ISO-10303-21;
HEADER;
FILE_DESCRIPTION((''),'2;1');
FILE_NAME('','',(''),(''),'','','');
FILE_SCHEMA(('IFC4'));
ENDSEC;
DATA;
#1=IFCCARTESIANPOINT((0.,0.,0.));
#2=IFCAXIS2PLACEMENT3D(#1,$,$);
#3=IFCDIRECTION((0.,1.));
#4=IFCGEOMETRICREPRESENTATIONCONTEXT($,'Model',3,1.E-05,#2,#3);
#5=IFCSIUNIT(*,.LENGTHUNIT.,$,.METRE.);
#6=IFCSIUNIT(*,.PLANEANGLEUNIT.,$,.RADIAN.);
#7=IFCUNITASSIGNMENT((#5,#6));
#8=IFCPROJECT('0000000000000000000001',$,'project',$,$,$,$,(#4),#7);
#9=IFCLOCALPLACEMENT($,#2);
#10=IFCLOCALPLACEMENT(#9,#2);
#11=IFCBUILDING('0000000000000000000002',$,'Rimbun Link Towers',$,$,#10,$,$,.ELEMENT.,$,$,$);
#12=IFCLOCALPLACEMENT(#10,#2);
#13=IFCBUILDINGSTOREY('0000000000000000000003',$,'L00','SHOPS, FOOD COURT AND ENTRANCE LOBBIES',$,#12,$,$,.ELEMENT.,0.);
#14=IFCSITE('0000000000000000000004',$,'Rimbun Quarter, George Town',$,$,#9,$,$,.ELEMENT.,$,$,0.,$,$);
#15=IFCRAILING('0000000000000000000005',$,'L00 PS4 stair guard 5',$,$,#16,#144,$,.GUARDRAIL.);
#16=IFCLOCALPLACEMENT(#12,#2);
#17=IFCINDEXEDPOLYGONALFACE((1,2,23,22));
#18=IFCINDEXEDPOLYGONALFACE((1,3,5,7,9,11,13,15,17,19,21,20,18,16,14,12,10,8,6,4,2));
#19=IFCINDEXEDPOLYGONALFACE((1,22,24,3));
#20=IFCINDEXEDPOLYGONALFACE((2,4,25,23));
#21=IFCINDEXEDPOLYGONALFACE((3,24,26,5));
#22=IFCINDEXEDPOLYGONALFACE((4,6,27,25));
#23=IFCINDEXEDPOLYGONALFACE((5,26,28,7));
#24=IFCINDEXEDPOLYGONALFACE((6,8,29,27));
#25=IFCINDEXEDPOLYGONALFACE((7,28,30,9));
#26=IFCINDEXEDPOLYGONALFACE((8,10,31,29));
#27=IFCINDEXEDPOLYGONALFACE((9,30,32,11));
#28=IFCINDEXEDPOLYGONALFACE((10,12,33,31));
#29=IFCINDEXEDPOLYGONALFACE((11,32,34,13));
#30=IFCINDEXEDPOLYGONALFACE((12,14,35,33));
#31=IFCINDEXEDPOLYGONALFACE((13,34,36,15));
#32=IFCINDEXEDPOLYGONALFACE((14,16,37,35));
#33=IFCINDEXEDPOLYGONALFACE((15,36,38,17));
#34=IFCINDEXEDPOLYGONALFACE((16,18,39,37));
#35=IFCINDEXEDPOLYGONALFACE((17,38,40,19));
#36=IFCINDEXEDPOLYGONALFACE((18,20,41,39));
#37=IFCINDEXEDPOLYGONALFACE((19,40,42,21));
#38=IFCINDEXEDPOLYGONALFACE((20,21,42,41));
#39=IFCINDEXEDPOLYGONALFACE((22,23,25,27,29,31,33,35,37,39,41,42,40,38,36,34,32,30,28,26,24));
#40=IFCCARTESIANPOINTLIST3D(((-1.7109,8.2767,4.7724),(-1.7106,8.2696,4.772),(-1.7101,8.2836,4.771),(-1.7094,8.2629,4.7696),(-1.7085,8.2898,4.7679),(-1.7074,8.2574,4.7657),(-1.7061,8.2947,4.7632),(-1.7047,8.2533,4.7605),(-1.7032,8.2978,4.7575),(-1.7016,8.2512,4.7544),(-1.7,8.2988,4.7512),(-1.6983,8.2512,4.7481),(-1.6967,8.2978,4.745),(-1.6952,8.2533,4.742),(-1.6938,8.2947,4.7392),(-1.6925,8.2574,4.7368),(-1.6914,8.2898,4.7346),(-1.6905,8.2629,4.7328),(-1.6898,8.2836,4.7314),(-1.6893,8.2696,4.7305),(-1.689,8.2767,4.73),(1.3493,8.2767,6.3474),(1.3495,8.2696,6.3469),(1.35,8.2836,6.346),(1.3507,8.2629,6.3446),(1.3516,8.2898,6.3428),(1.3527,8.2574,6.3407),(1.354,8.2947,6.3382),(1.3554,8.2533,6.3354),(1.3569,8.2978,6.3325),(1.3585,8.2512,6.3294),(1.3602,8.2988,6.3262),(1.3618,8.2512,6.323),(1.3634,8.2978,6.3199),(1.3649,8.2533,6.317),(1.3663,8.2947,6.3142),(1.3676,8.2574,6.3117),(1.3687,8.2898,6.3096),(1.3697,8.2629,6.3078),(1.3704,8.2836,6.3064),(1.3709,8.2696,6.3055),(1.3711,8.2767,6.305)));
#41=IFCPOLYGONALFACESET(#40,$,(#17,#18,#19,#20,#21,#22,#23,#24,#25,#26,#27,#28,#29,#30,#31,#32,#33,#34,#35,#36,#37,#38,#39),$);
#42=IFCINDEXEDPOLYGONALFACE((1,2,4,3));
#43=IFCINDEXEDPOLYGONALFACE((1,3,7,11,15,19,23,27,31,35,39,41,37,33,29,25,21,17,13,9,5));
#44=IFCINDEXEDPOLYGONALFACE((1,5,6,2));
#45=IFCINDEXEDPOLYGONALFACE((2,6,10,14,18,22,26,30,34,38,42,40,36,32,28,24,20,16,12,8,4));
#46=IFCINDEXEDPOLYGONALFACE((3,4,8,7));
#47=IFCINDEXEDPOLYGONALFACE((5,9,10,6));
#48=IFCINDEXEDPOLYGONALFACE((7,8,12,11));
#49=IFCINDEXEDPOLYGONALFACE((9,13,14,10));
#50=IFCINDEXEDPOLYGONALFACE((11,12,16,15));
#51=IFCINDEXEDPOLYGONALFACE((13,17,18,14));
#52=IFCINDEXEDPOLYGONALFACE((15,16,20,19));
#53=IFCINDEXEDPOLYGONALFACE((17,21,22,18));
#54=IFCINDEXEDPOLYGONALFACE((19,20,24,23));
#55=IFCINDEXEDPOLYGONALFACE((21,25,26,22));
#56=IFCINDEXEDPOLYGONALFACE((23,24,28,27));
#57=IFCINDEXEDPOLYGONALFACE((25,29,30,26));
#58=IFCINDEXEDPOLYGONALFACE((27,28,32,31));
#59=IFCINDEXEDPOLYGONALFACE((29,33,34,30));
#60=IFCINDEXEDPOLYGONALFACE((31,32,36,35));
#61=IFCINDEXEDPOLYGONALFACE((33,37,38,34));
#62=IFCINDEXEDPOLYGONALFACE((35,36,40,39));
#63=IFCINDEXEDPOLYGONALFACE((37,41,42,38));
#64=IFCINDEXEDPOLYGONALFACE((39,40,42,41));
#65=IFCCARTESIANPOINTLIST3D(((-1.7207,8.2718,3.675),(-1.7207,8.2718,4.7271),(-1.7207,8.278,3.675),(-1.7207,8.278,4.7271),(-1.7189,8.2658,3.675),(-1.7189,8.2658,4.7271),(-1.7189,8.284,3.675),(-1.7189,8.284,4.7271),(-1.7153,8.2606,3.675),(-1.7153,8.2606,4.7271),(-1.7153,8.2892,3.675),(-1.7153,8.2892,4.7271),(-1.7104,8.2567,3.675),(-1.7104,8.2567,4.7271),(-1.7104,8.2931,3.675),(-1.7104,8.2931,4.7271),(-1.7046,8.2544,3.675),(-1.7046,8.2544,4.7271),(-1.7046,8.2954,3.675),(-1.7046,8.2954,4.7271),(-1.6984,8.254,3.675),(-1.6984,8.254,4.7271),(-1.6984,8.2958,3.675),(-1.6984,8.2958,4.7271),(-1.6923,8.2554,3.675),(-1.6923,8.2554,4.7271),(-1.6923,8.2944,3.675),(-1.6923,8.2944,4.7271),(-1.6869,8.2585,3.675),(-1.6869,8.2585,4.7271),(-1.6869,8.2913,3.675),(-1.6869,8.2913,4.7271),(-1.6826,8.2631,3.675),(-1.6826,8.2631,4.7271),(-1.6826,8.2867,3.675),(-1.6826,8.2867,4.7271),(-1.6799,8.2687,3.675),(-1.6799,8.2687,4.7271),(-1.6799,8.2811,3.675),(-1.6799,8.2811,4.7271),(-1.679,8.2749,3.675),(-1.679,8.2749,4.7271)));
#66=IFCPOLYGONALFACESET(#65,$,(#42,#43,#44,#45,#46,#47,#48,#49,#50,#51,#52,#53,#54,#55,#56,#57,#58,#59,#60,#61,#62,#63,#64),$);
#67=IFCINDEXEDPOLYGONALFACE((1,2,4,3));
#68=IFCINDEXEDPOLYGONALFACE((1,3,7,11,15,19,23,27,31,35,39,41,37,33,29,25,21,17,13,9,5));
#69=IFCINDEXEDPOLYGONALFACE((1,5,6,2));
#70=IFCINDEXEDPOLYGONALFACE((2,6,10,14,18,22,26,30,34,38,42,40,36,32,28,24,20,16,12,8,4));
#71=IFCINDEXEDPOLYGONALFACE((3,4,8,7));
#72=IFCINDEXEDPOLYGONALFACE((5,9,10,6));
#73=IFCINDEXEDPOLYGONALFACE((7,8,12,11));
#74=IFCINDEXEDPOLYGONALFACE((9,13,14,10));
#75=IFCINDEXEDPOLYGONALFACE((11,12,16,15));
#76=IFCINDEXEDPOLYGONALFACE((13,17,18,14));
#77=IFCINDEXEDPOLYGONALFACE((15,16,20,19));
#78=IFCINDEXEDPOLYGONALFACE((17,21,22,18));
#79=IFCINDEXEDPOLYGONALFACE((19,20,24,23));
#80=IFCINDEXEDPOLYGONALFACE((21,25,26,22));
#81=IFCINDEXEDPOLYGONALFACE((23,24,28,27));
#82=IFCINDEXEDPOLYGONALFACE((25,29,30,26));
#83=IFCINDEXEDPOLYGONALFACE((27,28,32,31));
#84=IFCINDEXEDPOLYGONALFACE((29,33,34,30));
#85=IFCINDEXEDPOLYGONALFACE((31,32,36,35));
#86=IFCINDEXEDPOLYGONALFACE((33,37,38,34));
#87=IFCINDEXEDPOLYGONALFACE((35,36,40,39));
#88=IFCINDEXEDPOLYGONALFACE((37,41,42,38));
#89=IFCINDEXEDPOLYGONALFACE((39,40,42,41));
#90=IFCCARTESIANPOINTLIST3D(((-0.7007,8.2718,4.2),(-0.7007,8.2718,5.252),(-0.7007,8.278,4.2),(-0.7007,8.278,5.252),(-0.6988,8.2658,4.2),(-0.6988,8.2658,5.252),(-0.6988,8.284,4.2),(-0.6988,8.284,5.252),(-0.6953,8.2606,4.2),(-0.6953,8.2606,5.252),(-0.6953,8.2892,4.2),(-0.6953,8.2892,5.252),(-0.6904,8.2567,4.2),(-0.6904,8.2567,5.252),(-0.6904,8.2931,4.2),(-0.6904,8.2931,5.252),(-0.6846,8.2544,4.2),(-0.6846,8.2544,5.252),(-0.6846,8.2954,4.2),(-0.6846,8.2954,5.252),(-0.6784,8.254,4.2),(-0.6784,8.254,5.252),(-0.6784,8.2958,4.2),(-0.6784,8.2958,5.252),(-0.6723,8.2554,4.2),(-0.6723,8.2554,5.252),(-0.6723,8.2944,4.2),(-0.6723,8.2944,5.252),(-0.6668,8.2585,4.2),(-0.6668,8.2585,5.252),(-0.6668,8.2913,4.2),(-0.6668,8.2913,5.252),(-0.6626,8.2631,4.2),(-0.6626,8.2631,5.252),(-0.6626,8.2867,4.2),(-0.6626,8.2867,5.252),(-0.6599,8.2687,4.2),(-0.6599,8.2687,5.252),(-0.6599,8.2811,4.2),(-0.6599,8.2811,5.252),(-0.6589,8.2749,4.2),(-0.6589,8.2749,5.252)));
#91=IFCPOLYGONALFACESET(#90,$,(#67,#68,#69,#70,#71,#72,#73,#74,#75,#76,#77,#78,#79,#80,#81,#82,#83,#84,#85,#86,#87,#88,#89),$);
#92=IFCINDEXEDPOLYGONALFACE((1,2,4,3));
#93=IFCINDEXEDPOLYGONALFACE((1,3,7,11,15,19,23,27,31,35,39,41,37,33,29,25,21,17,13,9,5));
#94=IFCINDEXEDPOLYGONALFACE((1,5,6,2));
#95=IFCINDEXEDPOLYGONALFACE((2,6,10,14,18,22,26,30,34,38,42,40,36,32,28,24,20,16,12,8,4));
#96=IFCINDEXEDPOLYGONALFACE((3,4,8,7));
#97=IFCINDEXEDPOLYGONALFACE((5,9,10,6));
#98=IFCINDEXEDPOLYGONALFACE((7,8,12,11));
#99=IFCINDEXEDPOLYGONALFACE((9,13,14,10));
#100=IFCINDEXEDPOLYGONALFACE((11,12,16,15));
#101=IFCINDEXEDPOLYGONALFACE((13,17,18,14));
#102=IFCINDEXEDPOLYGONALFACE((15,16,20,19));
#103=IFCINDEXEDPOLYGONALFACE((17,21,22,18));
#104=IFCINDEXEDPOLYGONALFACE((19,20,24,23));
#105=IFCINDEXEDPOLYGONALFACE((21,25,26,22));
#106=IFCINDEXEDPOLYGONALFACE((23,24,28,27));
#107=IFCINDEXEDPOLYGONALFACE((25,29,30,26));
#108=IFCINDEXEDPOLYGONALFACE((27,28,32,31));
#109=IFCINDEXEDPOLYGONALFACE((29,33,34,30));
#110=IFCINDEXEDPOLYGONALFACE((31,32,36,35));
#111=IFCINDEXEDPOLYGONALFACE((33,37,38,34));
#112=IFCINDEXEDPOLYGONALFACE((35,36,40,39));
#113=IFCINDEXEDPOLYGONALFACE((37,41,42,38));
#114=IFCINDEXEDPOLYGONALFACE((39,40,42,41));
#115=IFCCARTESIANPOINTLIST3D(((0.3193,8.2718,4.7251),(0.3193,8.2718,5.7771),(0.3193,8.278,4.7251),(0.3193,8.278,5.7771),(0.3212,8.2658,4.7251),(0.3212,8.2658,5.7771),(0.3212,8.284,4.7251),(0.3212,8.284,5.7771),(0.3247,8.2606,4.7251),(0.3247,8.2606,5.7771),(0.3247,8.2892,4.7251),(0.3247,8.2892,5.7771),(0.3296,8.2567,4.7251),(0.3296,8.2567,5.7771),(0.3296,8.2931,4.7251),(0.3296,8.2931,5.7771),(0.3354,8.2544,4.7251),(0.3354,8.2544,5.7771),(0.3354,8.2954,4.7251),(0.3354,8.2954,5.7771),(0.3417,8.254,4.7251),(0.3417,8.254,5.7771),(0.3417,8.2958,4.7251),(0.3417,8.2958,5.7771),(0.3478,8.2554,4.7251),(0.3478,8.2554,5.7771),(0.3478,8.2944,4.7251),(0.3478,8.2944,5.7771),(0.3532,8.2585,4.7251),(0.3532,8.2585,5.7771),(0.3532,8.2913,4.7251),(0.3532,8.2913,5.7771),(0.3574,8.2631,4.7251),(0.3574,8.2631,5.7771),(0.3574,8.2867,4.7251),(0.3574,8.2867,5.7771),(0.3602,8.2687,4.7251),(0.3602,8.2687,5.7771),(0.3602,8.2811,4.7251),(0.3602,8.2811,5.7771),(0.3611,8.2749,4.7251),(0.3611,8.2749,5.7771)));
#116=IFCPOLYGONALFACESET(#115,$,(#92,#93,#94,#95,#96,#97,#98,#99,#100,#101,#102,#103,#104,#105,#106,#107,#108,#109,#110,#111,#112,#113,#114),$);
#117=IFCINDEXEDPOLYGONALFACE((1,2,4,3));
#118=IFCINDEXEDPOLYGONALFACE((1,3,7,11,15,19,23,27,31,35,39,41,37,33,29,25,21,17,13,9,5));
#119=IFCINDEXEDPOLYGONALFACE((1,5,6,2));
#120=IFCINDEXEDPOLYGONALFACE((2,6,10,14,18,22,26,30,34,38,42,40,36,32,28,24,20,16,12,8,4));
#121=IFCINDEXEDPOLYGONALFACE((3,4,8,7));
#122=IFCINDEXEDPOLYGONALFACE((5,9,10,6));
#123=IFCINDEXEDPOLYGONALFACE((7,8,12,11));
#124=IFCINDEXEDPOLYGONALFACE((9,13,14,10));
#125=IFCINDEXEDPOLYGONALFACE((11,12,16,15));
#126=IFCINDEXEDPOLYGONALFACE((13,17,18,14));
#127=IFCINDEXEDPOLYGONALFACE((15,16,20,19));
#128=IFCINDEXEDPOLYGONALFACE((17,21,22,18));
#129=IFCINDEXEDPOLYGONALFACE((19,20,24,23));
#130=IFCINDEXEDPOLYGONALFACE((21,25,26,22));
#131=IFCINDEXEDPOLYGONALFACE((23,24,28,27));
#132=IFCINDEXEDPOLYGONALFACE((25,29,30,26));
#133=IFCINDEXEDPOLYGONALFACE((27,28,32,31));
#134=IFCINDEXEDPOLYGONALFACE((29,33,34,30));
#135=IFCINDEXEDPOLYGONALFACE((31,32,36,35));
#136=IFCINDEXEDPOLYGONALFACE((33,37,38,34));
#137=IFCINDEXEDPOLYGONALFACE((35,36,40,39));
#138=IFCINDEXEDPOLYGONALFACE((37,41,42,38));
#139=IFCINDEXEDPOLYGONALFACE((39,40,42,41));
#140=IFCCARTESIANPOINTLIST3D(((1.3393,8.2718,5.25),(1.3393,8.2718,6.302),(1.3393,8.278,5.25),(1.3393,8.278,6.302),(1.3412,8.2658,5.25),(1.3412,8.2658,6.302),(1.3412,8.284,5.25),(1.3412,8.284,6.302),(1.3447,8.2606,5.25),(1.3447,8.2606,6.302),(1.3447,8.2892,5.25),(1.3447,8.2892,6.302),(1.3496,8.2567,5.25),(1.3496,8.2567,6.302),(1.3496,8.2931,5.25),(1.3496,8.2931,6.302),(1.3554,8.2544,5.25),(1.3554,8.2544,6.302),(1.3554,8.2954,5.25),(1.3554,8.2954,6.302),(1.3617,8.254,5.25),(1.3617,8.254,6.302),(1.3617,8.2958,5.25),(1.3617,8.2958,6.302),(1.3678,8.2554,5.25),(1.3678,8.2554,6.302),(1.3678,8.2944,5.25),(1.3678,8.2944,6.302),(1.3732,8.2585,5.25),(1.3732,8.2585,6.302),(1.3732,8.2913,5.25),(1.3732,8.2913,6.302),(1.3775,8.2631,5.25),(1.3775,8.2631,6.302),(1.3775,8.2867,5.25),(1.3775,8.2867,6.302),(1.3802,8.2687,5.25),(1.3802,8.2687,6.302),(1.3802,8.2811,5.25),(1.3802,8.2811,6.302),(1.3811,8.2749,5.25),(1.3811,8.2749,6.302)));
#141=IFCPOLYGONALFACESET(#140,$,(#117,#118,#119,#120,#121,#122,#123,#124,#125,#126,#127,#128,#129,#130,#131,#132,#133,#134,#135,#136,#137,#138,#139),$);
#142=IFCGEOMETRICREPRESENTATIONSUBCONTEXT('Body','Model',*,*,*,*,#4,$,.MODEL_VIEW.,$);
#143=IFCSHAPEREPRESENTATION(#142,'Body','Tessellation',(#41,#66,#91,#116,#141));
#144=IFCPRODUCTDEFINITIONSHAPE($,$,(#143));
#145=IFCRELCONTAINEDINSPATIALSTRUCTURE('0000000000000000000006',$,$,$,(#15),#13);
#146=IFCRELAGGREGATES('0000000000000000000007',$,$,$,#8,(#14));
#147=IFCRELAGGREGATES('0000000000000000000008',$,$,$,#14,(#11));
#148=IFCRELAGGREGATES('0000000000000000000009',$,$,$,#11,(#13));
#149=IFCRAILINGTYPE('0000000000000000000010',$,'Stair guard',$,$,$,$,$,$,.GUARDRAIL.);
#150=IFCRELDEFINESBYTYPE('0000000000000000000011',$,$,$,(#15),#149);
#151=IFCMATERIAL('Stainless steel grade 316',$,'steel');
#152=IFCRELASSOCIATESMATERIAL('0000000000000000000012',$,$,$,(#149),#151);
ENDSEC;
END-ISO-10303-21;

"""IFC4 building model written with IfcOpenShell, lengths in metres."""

from ifc_helpers import new_model, si_unit, direction, frame, origin, origin_2d, place, context, subcontext, project, spatial, circle, extrude, material, type_object, element, save


model = new_model("IFC4")

# Units and contexts
model_context = context("Model", 3, precision=1e-05, world=origin(), true_north=direction((0.0, 1.0)))
body_context = subcontext(model_context, "Body", "Model", "MODEL_VIEW")
ifc_project = project(units=[si_unit("LENGTHUNIT", "METRE"), si_unit("PLANEANGLEUNIT", "RADIAN")], contexts=[model_context])

# Site, building, storey
site_placement = place(None, origin())
site = spatial("IfcSite", under=ifc_project, at=site_placement, Name="Rimbun Quarter, George Town", CompositionType="ELEMENT", RefElevation=0.0)
building_placement = place(site_placement, origin())
building = spatial("IfcBuilding", under=site, at=building_placement, Name="Rimbun Link Towers", CompositionType="ELEMENT")
storey_placement = place(building_placement, origin())
storey = spatial("IfcBuildingStorey", under=building, at=storey_placement, Name="L00", Description="SHOPS, FOOD COURT AND ENTRANCE LOBBIES", CompositionType="ELEMENT", Elevation=0.0)

# Railing
ifc_material_1 = material(Name="Stainless steel grade 316", Category="steel")
railing_type_1 = type_object("IfcRailingType", Name="Stair guard", PredefinedType="GUARDRAIL", material=ifc_material_1)
railing_1_placement = place(storey_placement, frame((-1.7, 8.2749, 3.675)))
element("IfcRailing", 1, at=railing_1_placement, inside=storey, type_object=railing_type_1, Name="L00 PS4 stair guard 5", PredefinedType="GUARDRAIL", context=body_context, shape_type="SweptSolid", body=[
    extrude(circle(Radius=0.0239, at=origin_2d()), frame((0.0, 0.0, 1.0762), z_axis=(0.889145, 0.0, 0.457625), x_axis=(0.0, 1.0, 0.0)), (0.0, 0.0, 1.0), 3.4417),
    extrude(circle(Radius=0.021, at=origin_2d()), origin(), (0.0, 0.0, 1.0), 1.052),
    extrude(circle(Radius=0.021, at=origin_2d()), frame((1.02, 0.0, 0.5249)), (0.0, 0.0, 1.0), 1.052),
    extrude(circle(Radius=0.021, at=origin_2d()), frame((2.04, 0.0, 1.05)), (0.0, 0.0, 1.0), 1.052),
    extrude(circle(Radius=0.021, at=origin_2d()), frame((3.0601, 0.0, 1.575)), (0.0, 0.0, 1.0), 1.052),
])

save(model, "model.ifc")
